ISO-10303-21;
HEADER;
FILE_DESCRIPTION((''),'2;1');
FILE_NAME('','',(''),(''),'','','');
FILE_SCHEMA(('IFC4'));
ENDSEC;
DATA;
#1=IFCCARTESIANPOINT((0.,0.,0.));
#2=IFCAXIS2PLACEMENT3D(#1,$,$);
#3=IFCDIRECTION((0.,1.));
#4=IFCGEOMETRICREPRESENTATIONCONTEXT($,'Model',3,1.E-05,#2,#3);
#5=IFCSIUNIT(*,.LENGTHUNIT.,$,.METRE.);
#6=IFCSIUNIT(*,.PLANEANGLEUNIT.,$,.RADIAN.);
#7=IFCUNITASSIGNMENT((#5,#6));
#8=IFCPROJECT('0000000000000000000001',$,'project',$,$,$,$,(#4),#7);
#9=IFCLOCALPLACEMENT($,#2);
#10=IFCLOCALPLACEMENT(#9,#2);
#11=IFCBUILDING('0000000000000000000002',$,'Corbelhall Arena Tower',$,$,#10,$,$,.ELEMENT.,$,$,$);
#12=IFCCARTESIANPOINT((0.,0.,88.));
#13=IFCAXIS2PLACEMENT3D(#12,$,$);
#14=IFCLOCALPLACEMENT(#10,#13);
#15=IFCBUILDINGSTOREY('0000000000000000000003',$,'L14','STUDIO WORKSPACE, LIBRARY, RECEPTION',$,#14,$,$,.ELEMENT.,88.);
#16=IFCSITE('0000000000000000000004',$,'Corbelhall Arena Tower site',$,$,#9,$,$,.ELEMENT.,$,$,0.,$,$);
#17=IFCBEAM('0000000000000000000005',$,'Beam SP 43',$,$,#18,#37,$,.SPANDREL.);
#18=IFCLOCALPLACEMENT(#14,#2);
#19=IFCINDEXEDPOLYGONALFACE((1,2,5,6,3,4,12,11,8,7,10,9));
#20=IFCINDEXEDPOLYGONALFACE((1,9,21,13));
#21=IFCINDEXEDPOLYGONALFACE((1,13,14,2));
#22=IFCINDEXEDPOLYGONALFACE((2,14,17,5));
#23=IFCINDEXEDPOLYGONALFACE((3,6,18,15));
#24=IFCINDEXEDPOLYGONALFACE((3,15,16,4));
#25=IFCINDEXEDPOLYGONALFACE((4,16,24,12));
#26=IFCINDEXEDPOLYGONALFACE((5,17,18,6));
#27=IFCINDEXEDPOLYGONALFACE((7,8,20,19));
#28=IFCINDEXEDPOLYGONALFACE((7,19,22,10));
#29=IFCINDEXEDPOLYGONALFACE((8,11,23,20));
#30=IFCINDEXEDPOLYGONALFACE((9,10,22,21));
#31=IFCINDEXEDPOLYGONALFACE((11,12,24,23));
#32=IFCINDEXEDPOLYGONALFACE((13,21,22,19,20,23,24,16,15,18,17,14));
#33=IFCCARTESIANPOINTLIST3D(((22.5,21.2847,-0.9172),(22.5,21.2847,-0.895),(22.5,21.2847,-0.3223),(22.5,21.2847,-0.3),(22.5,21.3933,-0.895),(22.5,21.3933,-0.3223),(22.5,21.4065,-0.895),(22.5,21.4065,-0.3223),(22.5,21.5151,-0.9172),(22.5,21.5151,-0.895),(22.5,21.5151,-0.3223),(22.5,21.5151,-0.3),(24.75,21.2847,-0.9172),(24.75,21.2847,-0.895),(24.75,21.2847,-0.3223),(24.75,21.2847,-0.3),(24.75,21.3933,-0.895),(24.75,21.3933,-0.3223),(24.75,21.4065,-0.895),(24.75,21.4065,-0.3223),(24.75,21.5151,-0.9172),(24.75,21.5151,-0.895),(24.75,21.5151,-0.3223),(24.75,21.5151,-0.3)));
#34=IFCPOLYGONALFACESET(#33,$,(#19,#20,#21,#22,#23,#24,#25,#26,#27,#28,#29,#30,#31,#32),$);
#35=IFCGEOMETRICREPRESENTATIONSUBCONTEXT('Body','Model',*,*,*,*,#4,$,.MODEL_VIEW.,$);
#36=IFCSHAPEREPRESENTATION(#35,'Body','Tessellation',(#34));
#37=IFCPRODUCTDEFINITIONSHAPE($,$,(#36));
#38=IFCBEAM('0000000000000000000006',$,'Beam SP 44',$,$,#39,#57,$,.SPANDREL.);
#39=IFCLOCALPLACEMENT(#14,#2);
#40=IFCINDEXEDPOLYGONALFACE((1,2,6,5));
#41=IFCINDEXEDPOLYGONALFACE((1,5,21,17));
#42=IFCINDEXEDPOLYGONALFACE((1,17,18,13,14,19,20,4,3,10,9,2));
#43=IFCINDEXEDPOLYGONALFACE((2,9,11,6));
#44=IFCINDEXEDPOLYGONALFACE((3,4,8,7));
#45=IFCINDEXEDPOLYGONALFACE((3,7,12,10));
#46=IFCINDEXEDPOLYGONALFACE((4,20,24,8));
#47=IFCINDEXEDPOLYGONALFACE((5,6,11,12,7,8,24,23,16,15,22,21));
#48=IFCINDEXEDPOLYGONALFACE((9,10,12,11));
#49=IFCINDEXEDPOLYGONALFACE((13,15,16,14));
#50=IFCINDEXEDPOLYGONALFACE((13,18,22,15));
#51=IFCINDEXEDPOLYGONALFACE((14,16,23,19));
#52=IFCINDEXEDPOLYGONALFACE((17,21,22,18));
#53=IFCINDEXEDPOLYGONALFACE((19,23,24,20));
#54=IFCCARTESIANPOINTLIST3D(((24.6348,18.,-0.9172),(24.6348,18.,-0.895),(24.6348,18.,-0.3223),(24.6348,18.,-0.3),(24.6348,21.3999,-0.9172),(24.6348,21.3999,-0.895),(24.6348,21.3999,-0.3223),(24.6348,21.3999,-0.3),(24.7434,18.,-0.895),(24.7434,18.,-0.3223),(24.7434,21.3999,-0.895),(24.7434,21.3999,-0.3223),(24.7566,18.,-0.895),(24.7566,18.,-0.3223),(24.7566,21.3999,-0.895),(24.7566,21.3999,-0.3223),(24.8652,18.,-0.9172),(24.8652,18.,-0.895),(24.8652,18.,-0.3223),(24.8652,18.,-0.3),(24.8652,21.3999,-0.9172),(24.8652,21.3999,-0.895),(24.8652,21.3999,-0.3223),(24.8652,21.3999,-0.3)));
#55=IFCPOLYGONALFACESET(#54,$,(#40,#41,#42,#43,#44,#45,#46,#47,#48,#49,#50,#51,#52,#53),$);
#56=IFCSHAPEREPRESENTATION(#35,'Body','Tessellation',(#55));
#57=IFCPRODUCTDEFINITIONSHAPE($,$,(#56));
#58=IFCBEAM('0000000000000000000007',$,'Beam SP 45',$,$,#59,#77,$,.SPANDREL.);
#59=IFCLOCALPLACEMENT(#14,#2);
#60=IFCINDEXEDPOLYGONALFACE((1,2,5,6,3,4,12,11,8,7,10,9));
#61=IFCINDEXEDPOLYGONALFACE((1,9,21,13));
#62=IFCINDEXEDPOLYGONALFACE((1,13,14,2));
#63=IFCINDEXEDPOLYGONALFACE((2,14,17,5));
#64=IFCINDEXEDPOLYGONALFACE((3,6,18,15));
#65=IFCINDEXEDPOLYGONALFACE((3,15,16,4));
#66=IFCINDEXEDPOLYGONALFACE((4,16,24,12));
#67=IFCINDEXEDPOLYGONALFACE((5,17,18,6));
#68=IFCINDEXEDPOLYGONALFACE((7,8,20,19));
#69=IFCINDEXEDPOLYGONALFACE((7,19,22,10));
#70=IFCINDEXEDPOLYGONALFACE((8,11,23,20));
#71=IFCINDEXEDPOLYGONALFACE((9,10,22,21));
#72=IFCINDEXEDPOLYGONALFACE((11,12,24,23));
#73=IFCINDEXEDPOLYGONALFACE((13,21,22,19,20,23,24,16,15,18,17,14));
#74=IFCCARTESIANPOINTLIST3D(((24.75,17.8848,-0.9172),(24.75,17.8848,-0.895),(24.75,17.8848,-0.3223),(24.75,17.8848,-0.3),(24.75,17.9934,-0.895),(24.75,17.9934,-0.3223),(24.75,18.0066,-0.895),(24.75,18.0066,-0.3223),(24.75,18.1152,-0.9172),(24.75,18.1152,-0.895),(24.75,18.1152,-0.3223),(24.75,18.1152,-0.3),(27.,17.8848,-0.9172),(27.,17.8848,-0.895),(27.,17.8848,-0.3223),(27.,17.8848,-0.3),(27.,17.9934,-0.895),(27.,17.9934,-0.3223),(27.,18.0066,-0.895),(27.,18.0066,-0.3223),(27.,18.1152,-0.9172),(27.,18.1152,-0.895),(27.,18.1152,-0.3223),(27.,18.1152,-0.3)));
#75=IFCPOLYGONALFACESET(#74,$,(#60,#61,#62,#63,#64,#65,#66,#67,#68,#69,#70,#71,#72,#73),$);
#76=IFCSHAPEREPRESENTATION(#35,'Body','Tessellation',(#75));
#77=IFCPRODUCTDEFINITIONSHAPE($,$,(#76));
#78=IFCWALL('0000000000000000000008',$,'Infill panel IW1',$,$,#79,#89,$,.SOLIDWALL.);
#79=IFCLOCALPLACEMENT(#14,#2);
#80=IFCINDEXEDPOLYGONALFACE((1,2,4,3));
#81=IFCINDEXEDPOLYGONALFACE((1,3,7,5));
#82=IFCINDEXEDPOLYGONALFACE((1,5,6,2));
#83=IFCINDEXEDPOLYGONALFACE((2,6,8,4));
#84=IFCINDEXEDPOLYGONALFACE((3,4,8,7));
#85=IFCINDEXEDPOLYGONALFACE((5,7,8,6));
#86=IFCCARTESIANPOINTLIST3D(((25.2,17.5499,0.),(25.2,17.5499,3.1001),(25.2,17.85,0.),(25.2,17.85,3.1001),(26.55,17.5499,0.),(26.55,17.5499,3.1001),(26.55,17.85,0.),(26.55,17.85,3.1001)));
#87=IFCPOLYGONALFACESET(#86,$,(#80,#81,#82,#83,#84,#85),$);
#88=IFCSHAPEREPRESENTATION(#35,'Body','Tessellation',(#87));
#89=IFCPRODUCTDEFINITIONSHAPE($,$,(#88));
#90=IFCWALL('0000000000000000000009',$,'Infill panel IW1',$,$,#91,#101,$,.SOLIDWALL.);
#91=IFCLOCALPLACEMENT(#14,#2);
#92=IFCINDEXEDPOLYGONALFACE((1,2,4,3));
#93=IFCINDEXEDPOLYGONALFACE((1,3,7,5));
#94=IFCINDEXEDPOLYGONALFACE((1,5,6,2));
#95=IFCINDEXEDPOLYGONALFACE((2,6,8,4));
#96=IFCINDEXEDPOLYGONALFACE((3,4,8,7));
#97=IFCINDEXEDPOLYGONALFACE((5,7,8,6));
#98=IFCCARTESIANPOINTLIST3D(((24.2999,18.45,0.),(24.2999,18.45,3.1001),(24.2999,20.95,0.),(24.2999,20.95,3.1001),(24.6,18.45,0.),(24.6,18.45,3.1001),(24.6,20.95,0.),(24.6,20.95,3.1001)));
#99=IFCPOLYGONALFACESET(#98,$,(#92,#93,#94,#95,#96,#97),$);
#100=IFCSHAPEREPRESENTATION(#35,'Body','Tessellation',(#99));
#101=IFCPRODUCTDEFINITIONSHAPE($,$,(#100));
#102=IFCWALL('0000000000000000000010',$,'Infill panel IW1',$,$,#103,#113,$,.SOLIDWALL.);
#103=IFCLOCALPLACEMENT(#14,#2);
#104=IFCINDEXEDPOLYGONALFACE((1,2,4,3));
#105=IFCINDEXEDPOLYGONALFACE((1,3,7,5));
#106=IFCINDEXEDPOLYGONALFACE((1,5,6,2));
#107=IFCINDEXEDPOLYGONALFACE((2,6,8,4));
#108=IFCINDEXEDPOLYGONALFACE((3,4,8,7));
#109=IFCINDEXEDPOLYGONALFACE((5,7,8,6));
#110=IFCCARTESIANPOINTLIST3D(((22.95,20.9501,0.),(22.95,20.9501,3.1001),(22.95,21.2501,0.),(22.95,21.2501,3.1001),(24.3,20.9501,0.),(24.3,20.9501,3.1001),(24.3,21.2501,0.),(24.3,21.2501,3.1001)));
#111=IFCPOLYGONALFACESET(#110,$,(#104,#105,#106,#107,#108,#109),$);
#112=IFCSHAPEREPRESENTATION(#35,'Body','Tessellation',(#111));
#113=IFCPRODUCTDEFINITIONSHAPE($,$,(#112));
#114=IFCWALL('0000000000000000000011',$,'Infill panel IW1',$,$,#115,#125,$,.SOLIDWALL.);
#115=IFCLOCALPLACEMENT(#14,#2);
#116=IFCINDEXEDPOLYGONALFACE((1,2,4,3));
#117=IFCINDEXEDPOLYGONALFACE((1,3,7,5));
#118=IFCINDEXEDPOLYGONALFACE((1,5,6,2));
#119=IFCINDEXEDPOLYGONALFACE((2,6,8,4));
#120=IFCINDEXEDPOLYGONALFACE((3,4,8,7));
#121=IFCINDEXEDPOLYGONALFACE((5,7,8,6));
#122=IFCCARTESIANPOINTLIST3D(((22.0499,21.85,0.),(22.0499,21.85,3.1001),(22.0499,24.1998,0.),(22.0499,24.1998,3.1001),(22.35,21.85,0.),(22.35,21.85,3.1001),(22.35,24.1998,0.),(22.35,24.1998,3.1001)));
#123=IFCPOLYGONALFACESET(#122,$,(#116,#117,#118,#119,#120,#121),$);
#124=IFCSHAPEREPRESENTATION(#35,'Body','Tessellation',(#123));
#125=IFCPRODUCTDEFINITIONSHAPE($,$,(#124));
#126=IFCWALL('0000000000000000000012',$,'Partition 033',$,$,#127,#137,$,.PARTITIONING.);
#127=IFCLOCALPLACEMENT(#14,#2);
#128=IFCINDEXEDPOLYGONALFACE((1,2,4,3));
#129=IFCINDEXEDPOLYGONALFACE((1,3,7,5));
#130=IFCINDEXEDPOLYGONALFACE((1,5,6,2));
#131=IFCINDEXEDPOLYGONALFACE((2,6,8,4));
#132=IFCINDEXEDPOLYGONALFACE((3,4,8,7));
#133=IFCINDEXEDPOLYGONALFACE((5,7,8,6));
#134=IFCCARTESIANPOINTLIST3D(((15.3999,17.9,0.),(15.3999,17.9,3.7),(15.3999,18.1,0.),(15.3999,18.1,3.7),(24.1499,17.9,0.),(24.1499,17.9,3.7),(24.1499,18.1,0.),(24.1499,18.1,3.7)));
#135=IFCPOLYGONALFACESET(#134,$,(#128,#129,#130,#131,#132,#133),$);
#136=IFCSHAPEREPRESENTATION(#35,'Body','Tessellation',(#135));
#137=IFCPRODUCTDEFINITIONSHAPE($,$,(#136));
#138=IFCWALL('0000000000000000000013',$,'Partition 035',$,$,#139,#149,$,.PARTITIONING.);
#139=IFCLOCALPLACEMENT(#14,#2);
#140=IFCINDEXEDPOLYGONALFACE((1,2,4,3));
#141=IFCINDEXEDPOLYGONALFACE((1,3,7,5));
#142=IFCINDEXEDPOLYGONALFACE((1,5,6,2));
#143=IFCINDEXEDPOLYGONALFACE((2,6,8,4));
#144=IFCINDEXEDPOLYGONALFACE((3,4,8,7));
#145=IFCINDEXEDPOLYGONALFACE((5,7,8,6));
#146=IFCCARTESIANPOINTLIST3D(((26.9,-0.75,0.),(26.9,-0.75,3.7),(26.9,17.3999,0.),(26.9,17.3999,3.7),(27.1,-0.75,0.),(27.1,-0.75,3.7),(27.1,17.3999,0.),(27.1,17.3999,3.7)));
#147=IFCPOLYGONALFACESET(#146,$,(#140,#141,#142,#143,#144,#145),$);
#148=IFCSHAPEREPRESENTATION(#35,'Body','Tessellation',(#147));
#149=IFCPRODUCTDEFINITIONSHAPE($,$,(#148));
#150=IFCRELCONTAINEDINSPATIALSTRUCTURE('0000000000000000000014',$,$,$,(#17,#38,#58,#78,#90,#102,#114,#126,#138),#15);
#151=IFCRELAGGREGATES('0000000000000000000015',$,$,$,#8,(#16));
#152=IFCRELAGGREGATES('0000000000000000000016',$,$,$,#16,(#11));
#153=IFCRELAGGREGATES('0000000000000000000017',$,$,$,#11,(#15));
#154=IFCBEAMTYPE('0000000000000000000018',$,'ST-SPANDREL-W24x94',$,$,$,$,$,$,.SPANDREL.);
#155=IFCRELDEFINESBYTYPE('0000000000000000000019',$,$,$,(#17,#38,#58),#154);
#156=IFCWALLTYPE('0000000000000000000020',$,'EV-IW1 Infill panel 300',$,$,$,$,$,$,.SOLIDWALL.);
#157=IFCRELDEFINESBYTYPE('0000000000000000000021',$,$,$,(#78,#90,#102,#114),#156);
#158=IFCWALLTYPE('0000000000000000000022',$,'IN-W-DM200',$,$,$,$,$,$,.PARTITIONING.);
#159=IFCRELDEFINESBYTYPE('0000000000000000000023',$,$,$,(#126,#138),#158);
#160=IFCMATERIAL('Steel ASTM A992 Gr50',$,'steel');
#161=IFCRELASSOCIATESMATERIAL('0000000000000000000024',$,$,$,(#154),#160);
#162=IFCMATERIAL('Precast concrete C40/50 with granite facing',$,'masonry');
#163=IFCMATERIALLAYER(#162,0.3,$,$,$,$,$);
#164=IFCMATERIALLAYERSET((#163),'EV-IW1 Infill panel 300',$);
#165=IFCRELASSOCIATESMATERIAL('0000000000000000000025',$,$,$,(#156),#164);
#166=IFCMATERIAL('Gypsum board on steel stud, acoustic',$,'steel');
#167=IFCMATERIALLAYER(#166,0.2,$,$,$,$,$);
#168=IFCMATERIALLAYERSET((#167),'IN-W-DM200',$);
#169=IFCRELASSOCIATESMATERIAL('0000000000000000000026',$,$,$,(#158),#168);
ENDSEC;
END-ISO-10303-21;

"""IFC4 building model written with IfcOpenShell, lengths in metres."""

from ifc_helpers import new_model, si_unit, direction, frame, frame_2d, origin, origin_2d, place, context, subcontext, project, spatial, rectangle, i_section, extrude, material, layer, layer_set, material_profile, profile_set, type_object, element, save


model = new_model("IFC4")

# Units and contexts
model_context = context("Model", 3, precision=1e-05, world=origin(), true_north=direction((0.0, 1.0)))
body_context = subcontext(model_context, "Body", "Model", "MODEL_VIEW")
ifc_project = project(units=[si_unit("LENGTHUNIT", "METRE"), si_unit("PLANEANGLEUNIT", "RADIAN")], contexts=[model_context])

# Site, building, storey
site_placement = place(None, origin())
site = spatial("IfcSite", under=ifc_project, at=site_placement, Name="Corbelhall Arena Tower site", CompositionType="ELEMENT", RefElevation=0.0)
building_placement = place(site_placement, origin())
building = spatial("IfcBuilding", under=site, at=building_placement, Name="Corbelhall Arena Tower", CompositionType="ELEMENT")
storey_placement = place(building_placement, frame((0.0, 0.0, 88.0)))
storey = spatial("IfcBuildingStorey", under=building, at=storey_placement, Name="L14", Description="STUDIO WORKSPACE, LIBRARY, RECEPTION", CompositionType="ELEMENT", Elevation=88.0)

# Beams
ifc_material_1 = material(Name="Steel ASTM A992 Gr50", Category="steel")
ifc_material_profile_1 = material_profile(ifc_material_1, i_section(OverallWidth=0.2305, OverallDepth=0.6172, WebThickness=0.0132, FlangeThickness=0.0222, at=origin_2d()))
ifc_profile_set_1 = profile_set([ifc_material_profile_1], Name="Steel ASTM A992 Gr50")
beam_type = type_object("IfcBeamType", Name="ST-SPANDREL-W24x94", PredefinedType="SPANDREL", material=ifc_profile_set_1)
beam_1_placement = place(storey_placement, frame((22.5, 21.3999, -0.6086), z_axis=(1.0, 0.0, 0.0), x_axis=(0.0, 1.0, 0.0)))
element("IfcBeam", 1, at=beam_1_placement, inside=storey, type_object=beam_type, Name="Beam SP 43", PredefinedType="SPANDREL", context=body_context, shape_type="SweptSolid", body=[
    extrude(i_section(OverallWidth=0.2305, OverallDepth=0.6172, WebThickness=0.0132, FlangeThickness=0.0222, at=origin_2d()), origin(), (0.0, 0.0, 1.0), 2.25),
])
beam_2_placement = place(storey_placement, frame((24.75, 21.3999, -0.6086), z_axis=(0.0, -1.0, 0.0), x_axis=(1.0, 0.0, 0.0)))
element("IfcBeam", 2, at=beam_2_placement, inside=storey, type_object=beam_type, Name="Beam SP 44", PredefinedType="SPANDREL", context=body_context, shape_type="SweptSolid", body=[
    extrude(i_section(OverallWidth=0.2305, OverallDepth=0.6172, WebThickness=0.0132, FlangeThickness=0.0222, at=origin_2d()), origin(), (0.0, 0.0, 1.0), 3.3999),
])
beam_3_placement = place(storey_placement, frame((24.75, 18.0, -0.6086), z_axis=(1.0, 0.0, 0.0), x_axis=(0.0, 1.0, 0.0)))
element("IfcBeam", 3, at=beam_3_placement, inside=storey, type_object=beam_type, Name="Beam SP 45", PredefinedType="SPANDREL", context=body_context, shape_type="SweptSolid", body=[
    extrude(i_section(OverallWidth=0.2305, OverallDepth=0.6172, WebThickness=0.0132, FlangeThickness=0.0222, at=origin_2d()), origin(), (0.0, 0.0, 1.0), 2.25),
])

# Walls
ifc_material_2 = material(Name="Precast concrete C40/50 with granite facing", Category="masonry")
ifc_layer_1 = layer(ifc_material_2, 0.3)
ifc_layer_set_1 = layer_set([ifc_layer_1], Name="EV-IW1 Infill panel 300")
wall_type_1 = type_object("IfcWallType", Name="EV-IW1 Infill panel 300", PredefinedType="SOLIDWALL", material=ifc_layer_set_1)
wall_1_placement = place(storey_placement, frame((26.55, 17.7, 0.0), z_axis=(0.0, 0.0, 1.0), x_axis=(-1.0, 0.0, 0.0)))
element("IfcWall", 4, at=wall_1_placement, inside=storey, type_object=wall_type_1, Name="Infill panel IW1", PredefinedType="SOLIDWALL", context=body_context, shape_type="SweptSolid", body=[
    extrude(rectangle(XDim=1.3501, YDim=0.3, at=frame_2d((0.675, 0.0))), origin(), (0.0, 0.0, 1.0), 3.1001),
])
wall_2_placement = place(storey_placement, frame((24.45, 18.45, 0.0), z_axis=(0.0, 0.0, 1.0), x_axis=(0.0, 1.0, 0.0)))
element("IfcWall", 5, at=wall_2_placement, inside=storey, type_object=wall_type_1, Name="Infill panel IW1", PredefinedType="SOLIDWALL", context=body_context, shape_type="SweptSolid", body=[
    extrude(rectangle(XDim=2.5, YDim=0.3, at=frame_2d((1.25, 0.0))), origin(), (0.0, 0.0, 1.0), 3.1001),
])
wall_3_placement = place(storey_placement, frame((24.3, 21.1001, 0.0), z_axis=(0.0, 0.0, 1.0), x_axis=(-1.0, 0.0, 0.0)))
element("IfcWall", 6, at=wall_3_placement, inside=storey, type_object=wall_type_1, Name="Infill panel IW1", PredefinedType="SOLIDWALL", context=body_context, shape_type="SweptSolid", body=[
    extrude(rectangle(XDim=1.3501, YDim=0.3, at=frame_2d((0.675, 0.0))), origin(), (0.0, 0.0, 1.0), 3.1001),
])
wall_4_placement = place(storey_placement, frame((22.2, 21.8501, 0.0), z_axis=(0.0, 0.0, 1.0), x_axis=(0.0, 1.0, 0.0)))
element("IfcWall", 7, at=wall_4_placement, inside=storey, type_object=wall_type_1, Name="Infill panel IW1", PredefinedType="SOLIDWALL", context=body_context, shape_type="SweptSolid", body=[
    extrude(rectangle(XDim=2.3499, YDim=0.3, at=frame_2d((1.1748, 0.0))), origin(), (0.0, 0.0, 1.0), 3.1001),
])

# Shared definitions
ifc_material_3 = material(Name="Gypsum board on steel stud, acoustic", Category="steel")
ifc_layer_2 = layer(ifc_material_3, 0.2)
ifc_layer_set_2 = layer_set([ifc_layer_2], Name="IN-W-DM200")
wall_type_2 = type_object("IfcWallType", Name="IN-W-DM200", PredefinedType="PARTITIONING", material=ifc_layer_set_2)

# Walls
wall_5_placement = place(storey_placement, frame((15.3999, 18.0, 0.0), z_axis=(0.0, 0.0, 1.0), x_axis=(1.0, 0.0, 0.0)))
element("IfcWall", 8, at=wall_5_placement, inside=storey, type_object=wall_type_2, Name="Partition 033", PredefinedType="PARTITIONING", context=body_context, shape_type="SweptSolid", body=[
    extrude(rectangle(XDim=8.75, YDim=0.2, at=frame_2d((4.375, 0.0))), origin(), (0.0, 0.0, 1.0), 3.7),
])
wall_6_placement = place(storey_placement, frame((27.0, 17.3999, 0.0), z_axis=(0.0, 0.0, 1.0), x_axis=(0.0, -1.0, 0.0)))
element("IfcWall", 9, at=wall_6_placement, inside=storey, type_object=wall_type_2, Name="Partition 035", PredefinedType="PARTITIONING", context=body_context, shape_type="SweptSolid", body=[
    extrude(rectangle(XDim=18.1499, YDim=0.2, at=frame_2d((9.075, 0.0))), origin(), (0.0, 0.0, 1.0), 3.7),
])

save(model, "model.ifc")
